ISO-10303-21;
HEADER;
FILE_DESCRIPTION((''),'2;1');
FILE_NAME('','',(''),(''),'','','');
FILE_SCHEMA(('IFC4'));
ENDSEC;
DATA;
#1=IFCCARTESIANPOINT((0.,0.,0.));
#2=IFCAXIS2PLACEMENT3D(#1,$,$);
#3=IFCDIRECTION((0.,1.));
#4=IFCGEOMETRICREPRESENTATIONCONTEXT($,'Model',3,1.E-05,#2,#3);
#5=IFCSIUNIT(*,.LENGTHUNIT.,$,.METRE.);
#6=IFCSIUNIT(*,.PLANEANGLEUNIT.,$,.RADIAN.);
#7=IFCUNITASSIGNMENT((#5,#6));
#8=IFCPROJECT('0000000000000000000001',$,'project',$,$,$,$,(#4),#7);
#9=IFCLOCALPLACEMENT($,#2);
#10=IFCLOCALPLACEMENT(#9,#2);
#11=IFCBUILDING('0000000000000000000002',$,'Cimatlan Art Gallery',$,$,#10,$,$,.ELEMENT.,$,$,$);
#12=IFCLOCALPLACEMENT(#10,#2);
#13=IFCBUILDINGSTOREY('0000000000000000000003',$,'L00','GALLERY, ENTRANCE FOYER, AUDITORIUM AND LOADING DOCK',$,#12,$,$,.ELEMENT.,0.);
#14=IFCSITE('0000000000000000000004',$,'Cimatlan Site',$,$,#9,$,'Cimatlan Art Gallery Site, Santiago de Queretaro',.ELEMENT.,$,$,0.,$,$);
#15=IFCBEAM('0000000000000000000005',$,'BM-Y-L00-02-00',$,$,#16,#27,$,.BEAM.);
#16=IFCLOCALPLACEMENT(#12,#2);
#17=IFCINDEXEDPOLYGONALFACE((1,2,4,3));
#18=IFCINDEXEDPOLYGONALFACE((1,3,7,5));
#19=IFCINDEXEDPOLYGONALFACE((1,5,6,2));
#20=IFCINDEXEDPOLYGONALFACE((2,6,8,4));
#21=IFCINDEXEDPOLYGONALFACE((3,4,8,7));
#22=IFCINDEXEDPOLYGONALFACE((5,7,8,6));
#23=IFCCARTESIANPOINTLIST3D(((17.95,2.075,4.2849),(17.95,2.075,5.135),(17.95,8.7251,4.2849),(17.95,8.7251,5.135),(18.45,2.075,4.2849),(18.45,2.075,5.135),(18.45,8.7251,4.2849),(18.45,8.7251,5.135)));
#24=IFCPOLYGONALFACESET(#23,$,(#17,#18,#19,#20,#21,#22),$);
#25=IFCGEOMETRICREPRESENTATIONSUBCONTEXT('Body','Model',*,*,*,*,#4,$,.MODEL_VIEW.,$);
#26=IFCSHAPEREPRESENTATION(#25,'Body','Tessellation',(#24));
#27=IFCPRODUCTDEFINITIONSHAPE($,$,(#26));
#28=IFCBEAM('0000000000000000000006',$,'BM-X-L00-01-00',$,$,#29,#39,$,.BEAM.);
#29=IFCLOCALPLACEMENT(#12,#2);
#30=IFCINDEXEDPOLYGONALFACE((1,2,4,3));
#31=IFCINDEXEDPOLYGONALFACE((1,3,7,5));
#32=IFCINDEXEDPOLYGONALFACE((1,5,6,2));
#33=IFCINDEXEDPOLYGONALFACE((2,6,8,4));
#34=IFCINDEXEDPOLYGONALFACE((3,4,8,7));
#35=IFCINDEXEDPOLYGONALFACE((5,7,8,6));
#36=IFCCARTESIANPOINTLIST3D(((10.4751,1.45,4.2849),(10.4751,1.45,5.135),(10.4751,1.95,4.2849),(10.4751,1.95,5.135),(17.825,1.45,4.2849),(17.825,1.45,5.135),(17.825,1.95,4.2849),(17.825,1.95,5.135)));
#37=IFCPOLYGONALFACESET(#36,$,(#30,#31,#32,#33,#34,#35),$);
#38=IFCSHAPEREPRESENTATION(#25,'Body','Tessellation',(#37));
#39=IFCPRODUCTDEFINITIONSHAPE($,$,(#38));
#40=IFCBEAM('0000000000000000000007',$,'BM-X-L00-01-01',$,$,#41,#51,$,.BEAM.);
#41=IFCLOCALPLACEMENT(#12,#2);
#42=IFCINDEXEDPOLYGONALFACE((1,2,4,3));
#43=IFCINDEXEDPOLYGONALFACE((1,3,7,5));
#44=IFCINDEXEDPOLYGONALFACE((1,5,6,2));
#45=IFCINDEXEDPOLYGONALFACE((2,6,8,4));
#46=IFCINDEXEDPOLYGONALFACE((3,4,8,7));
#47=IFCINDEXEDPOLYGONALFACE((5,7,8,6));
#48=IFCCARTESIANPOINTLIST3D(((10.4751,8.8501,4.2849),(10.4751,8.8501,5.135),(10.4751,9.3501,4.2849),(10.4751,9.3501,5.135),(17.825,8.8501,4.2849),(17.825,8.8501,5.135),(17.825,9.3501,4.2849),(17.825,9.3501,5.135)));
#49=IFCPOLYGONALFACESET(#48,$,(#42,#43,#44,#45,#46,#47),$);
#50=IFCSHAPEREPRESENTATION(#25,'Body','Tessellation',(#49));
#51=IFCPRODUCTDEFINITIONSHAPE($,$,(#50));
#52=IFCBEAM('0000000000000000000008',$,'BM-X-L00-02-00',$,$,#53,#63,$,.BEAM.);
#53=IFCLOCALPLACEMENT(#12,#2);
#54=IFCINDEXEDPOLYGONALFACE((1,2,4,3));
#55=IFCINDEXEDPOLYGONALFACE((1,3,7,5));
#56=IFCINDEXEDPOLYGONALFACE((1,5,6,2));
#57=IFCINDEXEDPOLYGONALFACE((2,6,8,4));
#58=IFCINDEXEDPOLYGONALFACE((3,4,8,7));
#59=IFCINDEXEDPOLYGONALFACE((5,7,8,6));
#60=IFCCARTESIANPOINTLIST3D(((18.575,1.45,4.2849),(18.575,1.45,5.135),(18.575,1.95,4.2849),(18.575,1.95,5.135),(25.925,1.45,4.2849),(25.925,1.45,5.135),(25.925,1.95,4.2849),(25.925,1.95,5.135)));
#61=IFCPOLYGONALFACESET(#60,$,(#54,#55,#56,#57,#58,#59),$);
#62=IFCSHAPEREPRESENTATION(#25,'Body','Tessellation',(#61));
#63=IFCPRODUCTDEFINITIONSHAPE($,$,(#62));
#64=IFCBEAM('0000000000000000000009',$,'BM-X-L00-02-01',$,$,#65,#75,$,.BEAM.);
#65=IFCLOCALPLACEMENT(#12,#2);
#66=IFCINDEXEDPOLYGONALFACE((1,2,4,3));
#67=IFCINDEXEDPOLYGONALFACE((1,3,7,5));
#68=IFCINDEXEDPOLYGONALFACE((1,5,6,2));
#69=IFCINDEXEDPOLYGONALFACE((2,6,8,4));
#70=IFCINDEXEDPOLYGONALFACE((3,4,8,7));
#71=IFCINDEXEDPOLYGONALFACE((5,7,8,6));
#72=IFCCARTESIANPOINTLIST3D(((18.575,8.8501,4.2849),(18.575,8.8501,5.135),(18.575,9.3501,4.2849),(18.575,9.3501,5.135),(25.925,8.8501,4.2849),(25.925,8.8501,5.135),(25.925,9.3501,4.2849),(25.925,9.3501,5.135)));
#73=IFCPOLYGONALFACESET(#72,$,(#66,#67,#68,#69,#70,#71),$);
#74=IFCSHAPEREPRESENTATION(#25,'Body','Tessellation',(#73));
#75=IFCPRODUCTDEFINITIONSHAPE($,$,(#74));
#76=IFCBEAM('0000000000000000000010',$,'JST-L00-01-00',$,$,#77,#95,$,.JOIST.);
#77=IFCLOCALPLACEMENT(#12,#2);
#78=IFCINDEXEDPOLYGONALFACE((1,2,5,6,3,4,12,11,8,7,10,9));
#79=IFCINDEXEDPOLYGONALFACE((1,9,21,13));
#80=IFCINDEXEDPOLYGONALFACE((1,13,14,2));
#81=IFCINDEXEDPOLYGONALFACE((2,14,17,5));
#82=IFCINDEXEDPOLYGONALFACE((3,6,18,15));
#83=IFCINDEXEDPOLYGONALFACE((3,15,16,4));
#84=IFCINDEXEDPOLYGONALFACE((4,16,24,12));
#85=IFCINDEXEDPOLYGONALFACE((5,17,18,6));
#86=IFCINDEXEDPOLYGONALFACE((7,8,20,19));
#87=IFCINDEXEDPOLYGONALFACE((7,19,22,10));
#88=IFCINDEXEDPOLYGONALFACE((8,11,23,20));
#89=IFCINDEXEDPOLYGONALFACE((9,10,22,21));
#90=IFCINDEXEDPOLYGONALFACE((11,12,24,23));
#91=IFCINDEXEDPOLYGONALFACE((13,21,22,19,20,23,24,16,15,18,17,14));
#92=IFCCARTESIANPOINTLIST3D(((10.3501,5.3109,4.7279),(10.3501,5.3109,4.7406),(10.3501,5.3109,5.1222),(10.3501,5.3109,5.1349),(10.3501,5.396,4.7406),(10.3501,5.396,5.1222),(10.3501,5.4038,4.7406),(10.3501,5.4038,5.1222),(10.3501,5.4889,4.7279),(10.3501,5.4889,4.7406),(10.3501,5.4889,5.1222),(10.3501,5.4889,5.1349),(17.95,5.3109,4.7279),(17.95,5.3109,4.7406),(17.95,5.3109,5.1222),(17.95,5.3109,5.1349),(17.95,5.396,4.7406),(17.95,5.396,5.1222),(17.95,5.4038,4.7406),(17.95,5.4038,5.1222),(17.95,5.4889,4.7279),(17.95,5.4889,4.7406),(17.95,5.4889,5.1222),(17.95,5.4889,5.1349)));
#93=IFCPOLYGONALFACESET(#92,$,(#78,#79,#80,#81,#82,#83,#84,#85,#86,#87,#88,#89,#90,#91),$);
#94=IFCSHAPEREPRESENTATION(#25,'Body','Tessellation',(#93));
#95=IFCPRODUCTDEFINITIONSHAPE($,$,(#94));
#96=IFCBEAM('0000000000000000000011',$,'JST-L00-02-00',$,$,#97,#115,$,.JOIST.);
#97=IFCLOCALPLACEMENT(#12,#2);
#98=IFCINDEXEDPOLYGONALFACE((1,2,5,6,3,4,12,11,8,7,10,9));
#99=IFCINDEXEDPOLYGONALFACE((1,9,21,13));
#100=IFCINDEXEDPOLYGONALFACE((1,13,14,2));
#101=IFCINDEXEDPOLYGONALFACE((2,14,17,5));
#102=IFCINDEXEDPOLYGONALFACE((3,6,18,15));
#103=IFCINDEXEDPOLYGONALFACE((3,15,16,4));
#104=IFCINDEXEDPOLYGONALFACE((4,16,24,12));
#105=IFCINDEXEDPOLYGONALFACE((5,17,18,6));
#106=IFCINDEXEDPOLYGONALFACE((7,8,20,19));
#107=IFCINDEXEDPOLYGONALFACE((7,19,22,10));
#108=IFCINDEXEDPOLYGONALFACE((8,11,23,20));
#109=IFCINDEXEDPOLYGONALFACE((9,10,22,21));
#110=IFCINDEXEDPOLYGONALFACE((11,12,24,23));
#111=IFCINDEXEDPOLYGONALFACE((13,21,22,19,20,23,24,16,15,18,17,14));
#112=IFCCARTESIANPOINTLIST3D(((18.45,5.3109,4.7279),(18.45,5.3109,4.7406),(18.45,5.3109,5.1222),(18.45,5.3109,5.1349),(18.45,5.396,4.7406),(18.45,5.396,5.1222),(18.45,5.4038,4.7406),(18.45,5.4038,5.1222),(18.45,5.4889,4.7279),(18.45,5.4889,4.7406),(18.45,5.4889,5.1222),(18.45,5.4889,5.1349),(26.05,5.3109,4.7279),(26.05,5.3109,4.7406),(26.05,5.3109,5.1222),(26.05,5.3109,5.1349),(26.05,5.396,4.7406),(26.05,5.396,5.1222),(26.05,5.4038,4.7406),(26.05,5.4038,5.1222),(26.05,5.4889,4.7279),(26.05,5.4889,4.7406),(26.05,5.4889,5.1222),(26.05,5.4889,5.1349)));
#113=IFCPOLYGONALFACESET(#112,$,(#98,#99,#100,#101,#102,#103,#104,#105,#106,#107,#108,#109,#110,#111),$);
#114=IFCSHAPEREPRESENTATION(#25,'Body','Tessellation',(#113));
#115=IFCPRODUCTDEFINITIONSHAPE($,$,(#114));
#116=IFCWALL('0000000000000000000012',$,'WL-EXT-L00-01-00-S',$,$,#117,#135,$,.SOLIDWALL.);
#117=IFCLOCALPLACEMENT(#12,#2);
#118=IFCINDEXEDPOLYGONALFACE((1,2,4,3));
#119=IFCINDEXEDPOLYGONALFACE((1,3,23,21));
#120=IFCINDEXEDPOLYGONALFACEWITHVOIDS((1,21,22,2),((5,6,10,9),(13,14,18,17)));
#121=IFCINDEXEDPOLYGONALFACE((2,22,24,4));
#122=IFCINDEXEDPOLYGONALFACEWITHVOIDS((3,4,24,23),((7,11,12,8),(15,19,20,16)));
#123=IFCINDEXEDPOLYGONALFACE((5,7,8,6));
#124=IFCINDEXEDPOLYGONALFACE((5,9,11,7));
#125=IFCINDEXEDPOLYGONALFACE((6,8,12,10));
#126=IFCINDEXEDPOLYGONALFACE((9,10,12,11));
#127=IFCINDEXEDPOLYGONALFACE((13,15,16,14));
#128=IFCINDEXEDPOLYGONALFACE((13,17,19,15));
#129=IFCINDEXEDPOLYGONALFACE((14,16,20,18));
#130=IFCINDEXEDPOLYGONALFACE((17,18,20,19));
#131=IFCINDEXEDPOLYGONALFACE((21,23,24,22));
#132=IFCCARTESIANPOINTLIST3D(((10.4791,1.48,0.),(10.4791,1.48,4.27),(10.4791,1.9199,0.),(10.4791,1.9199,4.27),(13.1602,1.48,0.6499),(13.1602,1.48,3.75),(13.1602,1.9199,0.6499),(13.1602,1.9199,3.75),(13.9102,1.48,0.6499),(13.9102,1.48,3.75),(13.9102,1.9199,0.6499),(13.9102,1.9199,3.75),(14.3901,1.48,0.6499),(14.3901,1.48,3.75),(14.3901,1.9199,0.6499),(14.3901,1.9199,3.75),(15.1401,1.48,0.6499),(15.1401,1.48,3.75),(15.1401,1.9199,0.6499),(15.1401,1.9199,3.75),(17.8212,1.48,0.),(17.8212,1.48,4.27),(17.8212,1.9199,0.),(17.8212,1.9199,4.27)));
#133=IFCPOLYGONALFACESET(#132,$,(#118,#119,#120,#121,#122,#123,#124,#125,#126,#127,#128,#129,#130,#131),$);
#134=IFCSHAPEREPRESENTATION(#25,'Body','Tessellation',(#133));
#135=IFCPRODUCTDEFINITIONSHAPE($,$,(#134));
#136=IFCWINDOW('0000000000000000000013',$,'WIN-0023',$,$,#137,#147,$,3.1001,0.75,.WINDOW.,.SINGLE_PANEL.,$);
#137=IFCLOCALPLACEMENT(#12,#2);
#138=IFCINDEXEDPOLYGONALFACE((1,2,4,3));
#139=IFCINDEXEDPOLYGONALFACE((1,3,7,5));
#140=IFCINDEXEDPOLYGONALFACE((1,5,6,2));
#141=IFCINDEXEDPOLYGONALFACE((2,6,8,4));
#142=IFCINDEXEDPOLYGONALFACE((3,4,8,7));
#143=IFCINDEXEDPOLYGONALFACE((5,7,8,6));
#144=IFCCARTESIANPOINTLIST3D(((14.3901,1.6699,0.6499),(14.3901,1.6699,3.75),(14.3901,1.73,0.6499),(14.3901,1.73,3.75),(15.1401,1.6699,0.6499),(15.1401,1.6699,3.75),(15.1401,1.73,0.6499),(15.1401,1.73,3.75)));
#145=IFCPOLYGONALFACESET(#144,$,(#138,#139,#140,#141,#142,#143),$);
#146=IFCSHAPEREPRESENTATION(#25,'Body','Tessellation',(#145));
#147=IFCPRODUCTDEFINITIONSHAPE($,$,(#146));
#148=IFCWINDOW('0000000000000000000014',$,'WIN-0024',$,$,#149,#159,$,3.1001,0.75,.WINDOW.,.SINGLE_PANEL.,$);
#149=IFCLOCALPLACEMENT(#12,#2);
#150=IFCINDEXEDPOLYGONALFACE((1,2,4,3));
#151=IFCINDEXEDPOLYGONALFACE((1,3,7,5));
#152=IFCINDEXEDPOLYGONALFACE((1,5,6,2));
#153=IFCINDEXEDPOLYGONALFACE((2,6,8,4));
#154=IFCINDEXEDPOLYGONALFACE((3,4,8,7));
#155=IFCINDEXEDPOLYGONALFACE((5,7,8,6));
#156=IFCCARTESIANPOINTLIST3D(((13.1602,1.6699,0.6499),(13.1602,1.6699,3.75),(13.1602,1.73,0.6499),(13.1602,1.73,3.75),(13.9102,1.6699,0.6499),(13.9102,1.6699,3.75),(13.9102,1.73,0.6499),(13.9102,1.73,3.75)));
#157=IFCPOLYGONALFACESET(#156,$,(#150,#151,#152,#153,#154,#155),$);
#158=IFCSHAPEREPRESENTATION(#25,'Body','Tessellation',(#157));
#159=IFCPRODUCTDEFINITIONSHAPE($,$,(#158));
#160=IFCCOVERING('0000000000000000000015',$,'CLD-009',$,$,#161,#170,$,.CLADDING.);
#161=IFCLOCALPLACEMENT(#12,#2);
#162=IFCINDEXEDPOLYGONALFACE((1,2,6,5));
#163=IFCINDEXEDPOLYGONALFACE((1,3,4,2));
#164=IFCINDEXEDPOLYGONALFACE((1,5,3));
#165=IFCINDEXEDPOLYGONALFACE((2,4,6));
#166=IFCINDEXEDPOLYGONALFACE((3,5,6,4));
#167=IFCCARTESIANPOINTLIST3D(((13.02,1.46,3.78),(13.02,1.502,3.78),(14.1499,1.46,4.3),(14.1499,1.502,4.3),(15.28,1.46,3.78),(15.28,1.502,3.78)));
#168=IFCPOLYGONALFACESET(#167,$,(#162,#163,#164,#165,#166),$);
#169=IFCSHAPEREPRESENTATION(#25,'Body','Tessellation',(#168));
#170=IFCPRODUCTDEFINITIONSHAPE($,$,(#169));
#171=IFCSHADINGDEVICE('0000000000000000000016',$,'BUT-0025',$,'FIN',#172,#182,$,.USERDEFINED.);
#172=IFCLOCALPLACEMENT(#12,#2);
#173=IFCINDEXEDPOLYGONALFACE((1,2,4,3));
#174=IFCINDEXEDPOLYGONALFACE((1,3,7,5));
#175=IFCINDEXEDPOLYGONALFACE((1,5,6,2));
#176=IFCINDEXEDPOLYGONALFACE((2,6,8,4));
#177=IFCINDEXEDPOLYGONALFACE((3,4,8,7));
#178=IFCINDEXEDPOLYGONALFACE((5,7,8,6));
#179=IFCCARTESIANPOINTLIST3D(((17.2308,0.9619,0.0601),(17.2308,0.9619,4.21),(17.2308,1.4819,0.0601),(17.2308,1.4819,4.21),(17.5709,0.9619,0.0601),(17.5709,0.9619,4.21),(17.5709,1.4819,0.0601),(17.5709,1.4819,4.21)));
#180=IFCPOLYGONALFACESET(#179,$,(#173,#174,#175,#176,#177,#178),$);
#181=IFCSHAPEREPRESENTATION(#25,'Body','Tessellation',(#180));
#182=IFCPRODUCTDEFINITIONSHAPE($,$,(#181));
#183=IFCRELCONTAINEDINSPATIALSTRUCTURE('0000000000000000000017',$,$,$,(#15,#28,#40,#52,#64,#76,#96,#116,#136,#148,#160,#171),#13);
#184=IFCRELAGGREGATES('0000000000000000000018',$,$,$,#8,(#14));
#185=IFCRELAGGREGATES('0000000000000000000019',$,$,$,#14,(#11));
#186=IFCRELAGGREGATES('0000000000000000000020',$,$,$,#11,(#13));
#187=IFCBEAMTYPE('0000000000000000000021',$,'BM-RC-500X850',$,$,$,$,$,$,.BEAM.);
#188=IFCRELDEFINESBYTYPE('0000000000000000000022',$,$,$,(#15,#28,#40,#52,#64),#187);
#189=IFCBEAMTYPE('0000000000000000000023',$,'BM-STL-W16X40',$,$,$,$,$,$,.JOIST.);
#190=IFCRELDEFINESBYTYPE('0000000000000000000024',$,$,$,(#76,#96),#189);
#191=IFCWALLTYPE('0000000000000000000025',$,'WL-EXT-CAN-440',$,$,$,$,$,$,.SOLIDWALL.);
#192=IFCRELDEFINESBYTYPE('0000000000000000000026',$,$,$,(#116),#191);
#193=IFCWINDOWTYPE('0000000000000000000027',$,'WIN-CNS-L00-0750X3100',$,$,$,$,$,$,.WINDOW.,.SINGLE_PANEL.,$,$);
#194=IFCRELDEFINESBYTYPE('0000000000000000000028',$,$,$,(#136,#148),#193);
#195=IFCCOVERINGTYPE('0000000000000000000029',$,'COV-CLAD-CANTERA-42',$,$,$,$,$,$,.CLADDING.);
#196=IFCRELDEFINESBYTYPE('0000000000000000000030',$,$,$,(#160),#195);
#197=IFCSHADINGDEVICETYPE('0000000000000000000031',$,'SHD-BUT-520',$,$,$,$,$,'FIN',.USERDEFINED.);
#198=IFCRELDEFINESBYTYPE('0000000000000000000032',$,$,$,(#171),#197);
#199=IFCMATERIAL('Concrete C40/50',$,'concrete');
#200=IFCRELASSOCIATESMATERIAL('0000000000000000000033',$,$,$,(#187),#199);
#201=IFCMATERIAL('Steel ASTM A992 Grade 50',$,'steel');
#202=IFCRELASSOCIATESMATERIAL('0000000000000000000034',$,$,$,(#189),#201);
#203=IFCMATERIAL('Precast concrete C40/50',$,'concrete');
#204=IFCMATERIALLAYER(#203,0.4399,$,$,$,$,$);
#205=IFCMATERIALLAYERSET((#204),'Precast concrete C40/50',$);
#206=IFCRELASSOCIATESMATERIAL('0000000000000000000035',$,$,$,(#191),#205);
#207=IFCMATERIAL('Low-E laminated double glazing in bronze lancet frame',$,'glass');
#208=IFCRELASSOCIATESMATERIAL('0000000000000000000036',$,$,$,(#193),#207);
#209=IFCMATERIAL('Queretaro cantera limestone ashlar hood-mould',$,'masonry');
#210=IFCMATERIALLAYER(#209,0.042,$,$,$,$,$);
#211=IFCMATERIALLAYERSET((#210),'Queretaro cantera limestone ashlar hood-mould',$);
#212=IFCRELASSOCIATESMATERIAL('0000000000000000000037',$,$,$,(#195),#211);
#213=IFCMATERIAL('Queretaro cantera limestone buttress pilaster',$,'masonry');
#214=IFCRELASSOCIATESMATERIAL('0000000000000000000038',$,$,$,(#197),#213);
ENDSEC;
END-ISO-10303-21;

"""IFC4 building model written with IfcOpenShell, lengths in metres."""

from ifc_helpers import new_model, si_unit, direction, frame, frame_2d, origin, origin_2d, place, context, subcontext, project, spatial, polyline, rectangle, i_section, outline, extrude, material, layer, layer_set, material_profile, profile_set, type_object, element, fill, save


model = new_model("IFC4")

# Units and contexts
model_context = context("Model", 3, precision=1e-05, world=origin(), true_north=direction((0.0, 1.0)))
body_context = subcontext(model_context, "Body", "Model", "MODEL_VIEW")
ifc_project = project(units=[si_unit("LENGTHUNIT", "METRE"), si_unit("PLANEANGLEUNIT", "RADIAN")], contexts=[model_context])

# Site, building, storey
site_placement = place(None, origin())
site = spatial("IfcSite", under=ifc_project, at=site_placement, Name="Cimatlan Site", LongName="Cimatlan Art Gallery Site, Santiago de Queretaro", CompositionType="ELEMENT", RefElevation=0.0)
building_placement = place(site_placement, origin())
building = spatial("IfcBuilding", under=site, at=building_placement, Name="Cimatlan Art Gallery", CompositionType="ELEMENT")
storey_placement = place(building_placement, origin())
storey = spatial("IfcBuildingStorey", under=building, at=storey_placement, Name="L00", Description="GALLERY, ENTRANCE FOYER, AUDITORIUM AND LOADING DOCK", CompositionType="ELEMENT", Elevation=0.0)

# Shared definitions
ifc_material_1 = material(Name="Concrete C40/50", Category="concrete")

# Beams
ifc_material_profile_1 = material_profile(ifc_material_1, rectangle(XDim=0.5, YDim=0.8501, at=origin_2d()), Name="RC500X850")
ifc_profile_set_1 = profile_set([ifc_material_profile_1], Name="Concrete C40/50")
beam_type_1 = type_object("IfcBeamType", Name="BM-RC-500X850", PredefinedType="BEAM", material=ifc_profile_set_1)
beam_1_placement = place(storey_placement, frame((18.2, 2.075, 4.71), z_axis=(0.0, 1.0, 0.0), x_axis=(-1.0, 0.0, 0.0)))
element("IfcBeam", 1, at=beam_1_placement, inside=storey, type_object=beam_type_1, Name="BM-Y-L00-02-00", PredefinedType="BEAM", context=body_context, shape_type="SweptSolid", body=[
    extrude(rectangle(XDim=0.5, YDim=0.8501, at=origin_2d()), origin(), (0.0, 0.0, 1.0), 6.6501),
])
for number, where, z_axis, x_axis, name in (
    (2, (10.4751, 1.7, 4.71), (1.0, 0.0, 0.0), (0.0, 1.0, 0.0), "BM-X-L00-01-00"),
    (3, (10.4751, 9.1001, 4.71), (1.0, 0.0, 0.0), (0.0, 1.0, 0.0), "BM-X-L00-01-01"),
):
    element("IfcBeam", number, at=place(storey_placement, frame(where, z_axis=z_axis, x_axis=x_axis)), inside=storey, type_object=beam_type_1, Name=name, PredefinedType="BEAM", context=body_context, shape_type="SweptSolid", body=[
        extrude(rectangle(XDim=0.5, YDim=0.8501, at=origin_2d()), origin(), (0.0, 0.0, 1.0), 7.3499),
    ])
for number, where, z_axis, x_axis, name in (
    (4, (18.575, 1.7, 4.71), (1.0, 0.0, 0.0), (0.0, 1.0, 0.0), "BM-X-L00-02-00"),
    (5, (18.575, 9.1001, 4.71), (1.0, 0.0, 0.0), (0.0, 1.0, 0.0), "BM-X-L00-02-01"),
):
    element("IfcBeam", number, at=place(storey_placement, frame(where, z_axis=z_axis, x_axis=x_axis)), inside=storey, type_object=beam_type_1, Name=name, PredefinedType="BEAM", context=body_context, shape_type="SweptSolid", body=[
        extrude(rectangle(XDim=0.5, YDim=0.8501, at=origin_2d()), origin(), (0.0, 0.0, 1.0), 7.3501),
    ])
ifc_material_2 = material(Name="Steel ASTM A992 Grade 50", Category="steel")
ifc_material_profile_2 = material_profile(ifc_material_2, i_section(OverallWidth=0.178, OverallDepth=0.407, WebThickness=0.0078, FlangeThickness=0.0127, at=origin_2d()), Name="W16X40")
ifc_profile_set_2 = profile_set([ifc_material_profile_2], Name="Steel ASTM A992 Grade 50")
beam_type_2 = type_object("IfcBeamType", Name="BM-STL-W16X40", PredefinedType="JOIST", material=ifc_profile_set_2)
beam_2_placement = place(storey_placement, frame((10.3501, 5.3999, 4.9314), z_axis=(1.0, 0.0, 0.0), x_axis=(0.0, 1.0, 0.0)))
element("IfcBeam", 6, at=beam_2_placement, inside=storey, type_object=beam_type_2, Name="JST-L00-01-00", PredefinedType="JOIST", context=body_context, shape_type="SweptSolid", body=[
    extrude(i_section(OverallWidth=0.178, OverallDepth=0.407, WebThickness=0.0078, FlangeThickness=0.0127, at=origin_2d()), origin(), (0.0, 0.0, 1.0), 7.5999),
])
beam_3_placement = place(storey_placement, frame((18.45, 5.3999, 4.9314), z_axis=(1.0, 0.0, 0.0), x_axis=(0.0, 1.0, 0.0)))
element("IfcBeam", 7, at=beam_3_placement, inside=storey, type_object=beam_type_2, Name="JST-L00-02-00", PredefinedType="JOIST", context=body_context, shape_type="SweptSolid", body=[
    extrude(i_section(OverallWidth=0.178, OverallDepth=0.407, WebThickness=0.0078, FlangeThickness=0.0127, at=origin_2d()), origin(), (0.0, 0.0, 1.0), 7.6001),
])

# Wall, openings, windows
ifc_material_3 = material(Name="Precast concrete C40/50", Category="concrete")
ifc_layer_1 = layer(ifc_material_3, 0.4399)
ifc_layer_set_1 = layer_set([ifc_layer_1], Name="Precast concrete C40/50")
wall_type = type_object("IfcWallType", Name="WL-EXT-CAN-440", PredefinedType="SOLIDWALL", material=ifc_layer_set_1)
wall_placement = place(storey_placement, frame((17.821, 1.7, 0.0), z_axis=(0.0, 0.0, 1.0), x_axis=(-1.0, 0.0, 0.0)))
wall = element("IfcWall", 8, at=wall_placement, inside=storey, type_object=wall_type, Name="WL-EXT-L00-01-00-S", PredefinedType="SOLIDWALL", context=body_context, shape_type="SweptSolid", body=[
    extrude(rectangle(XDim=7.342, YDim=0.4399, at=frame_2d((3.6709, 0.0))), origin(), (0.0, 0.0, 1.0), 4.27),
])
opening_1_placement = place(wall_placement, frame((2.6809, 0.0, 0.6499)))
opening_1 = element("IfcOpeningElement", 9, at=opening_1_placement, cuts=wall, PredefinedType="OPENING", context=body_context, shape_type="SweptSolid", body=[
    extrude(rectangle(XDim=0.75, YDim=3.1001, at=frame_2d((0.375, 1.55))), frame((0.0, 0.23, 0.0), z_axis=(0.0, -1.0, 0.0), x_axis=(1.0, 0.0, 0.0)), (0.0, 0.0, 1.0), 0.46),
])
opening_2_placement = place(wall_placement, frame((3.9109, 0.0, 0.6499)))
opening_2 = element("IfcOpeningElement", 10, at=opening_2_placement, cuts=wall, PredefinedType="OPENING", context=body_context, shape_type="SweptSolid", body=[
    extrude(rectangle(XDim=0.75, YDim=3.1001, at=frame_2d((0.375, 1.55))), frame((0.0, 0.23, 0.0), z_axis=(0.0, -1.0, 0.0), x_axis=(1.0, 0.0, 0.0)), (0.0, 0.0, 1.0), 0.46),
])
ifc_material_4 = material(Name="Low-E laminated double glazing in bronze lancet frame", Category="glass")
window_type = type_object("IfcWindowType", Name="WIN-CNS-L00-0750X3100", PartitioningType="SINGLE_PANEL", PredefinedType="WINDOW", material=ifc_material_4)
window_1_placement = place(opening_1_placement, origin())
window_1 = element("IfcWindow", 11, at=window_1_placement, inside=storey, type_object=window_type, Name="WIN-0023", OverallHeight=3.1001, OverallWidth=0.75, PartitioningType="SINGLE_PANEL", PredefinedType="WINDOW", context=body_context, shape_type="SweptSolid", body=[
    extrude(rectangle(XDim=0.75, YDim=3.1001, at=frame_2d((0.375, 1.55))), frame((0.0, 0.03, 0.0), z_axis=(0.0, -1.0, 0.0), x_axis=(1.0, 0.0, 0.0)), (0.0, 0.0, 1.0), 0.0601),
])
fill(opening_1, window_1)
window_2_placement = place(opening_2_placement, origin())
window_2 = element("IfcWindow", 12, at=window_2_placement, inside=storey, type_object=window_type, Name="WIN-0024", OverallHeight=3.1001, OverallWidth=0.75, PartitioningType="SINGLE_PANEL", PredefinedType="WINDOW", context=body_context, shape_type="SweptSolid", body=[
    extrude(rectangle(XDim=0.75, YDim=3.1001, at=frame_2d((0.375, 1.55))), frame((0.0, 0.03, 0.0), z_axis=(0.0, -1.0, 0.0), x_axis=(1.0, 0.0, 0.0)), (0.0, 0.0, 1.0), 0.0601),
])
fill(opening_2, window_2)

# Covering
ifc_material_5 = material(Name="Queretaro cantera limestone ashlar hood-mould", Category="masonry")
ifc_layer_2 = layer(ifc_material_5, 0.042)
ifc_layer_set_2 = layer_set([ifc_layer_2], Name="Queretaro cantera limestone ashlar hood-mould")
covering_type = type_object("IfcCoveringType", Name="COV-CLAD-CANTERA-42", PredefinedType="CLADDING", material=ifc_layer_set_2)
covering_placement = place(storey_placement, frame((15.28, 1.502, 3.78), z_axis=(0.0, 1.0, 0.0), x_axis=(-1.0, 0.0, 0.0)))
element("IfcCovering", 13, at=covering_placement, inside=storey, type_object=covering_type, Name="CLD-009", PredefinedType="CLADDING", context=body_context, shape_type="SweptSolid", body=[
    extrude(outline(polyline([(0.0, 0.0), (2.26, 0.0), (1.1301, 0.52), (0.0, 0.0)])), origin(), (0.0, 0.0, -1.0), 0.042),
])

# Shading device
ifc_material_6 = material(Name="Queretaro cantera limestone buttress pilaster", Category="masonry")
shading_device_type_1 = type_object("IfcShadingDeviceType", Name="SHD-BUT-520", ElementType="FIN", PredefinedType="USERDEFINED", material=ifc_material_6)
for number, where, z_axis, x_axis, name in (
    (14, (17.4009, 1.2219, 0.0601), (0.0, 0.0, 1.0), (-1.0, 0.0, 0.0), "BUT-0025"),
):
    element("IfcShadingDevice", number, at=place(storey_placement, frame(where, z_axis=z_axis, x_axis=x_axis)), inside=storey, type_object=shading_device_type_1, Name=name, ObjectType="FIN", PredefinedType="USERDEFINED", context=body_context, shape_type="SweptSolid", body=[
        extrude(rectangle(XDim=0.3401, YDim=0.52, at=origin_2d()), origin(), (0.0, 0.0, 1.0), 4.1499),
    ])

save(model, "model.ifc")
